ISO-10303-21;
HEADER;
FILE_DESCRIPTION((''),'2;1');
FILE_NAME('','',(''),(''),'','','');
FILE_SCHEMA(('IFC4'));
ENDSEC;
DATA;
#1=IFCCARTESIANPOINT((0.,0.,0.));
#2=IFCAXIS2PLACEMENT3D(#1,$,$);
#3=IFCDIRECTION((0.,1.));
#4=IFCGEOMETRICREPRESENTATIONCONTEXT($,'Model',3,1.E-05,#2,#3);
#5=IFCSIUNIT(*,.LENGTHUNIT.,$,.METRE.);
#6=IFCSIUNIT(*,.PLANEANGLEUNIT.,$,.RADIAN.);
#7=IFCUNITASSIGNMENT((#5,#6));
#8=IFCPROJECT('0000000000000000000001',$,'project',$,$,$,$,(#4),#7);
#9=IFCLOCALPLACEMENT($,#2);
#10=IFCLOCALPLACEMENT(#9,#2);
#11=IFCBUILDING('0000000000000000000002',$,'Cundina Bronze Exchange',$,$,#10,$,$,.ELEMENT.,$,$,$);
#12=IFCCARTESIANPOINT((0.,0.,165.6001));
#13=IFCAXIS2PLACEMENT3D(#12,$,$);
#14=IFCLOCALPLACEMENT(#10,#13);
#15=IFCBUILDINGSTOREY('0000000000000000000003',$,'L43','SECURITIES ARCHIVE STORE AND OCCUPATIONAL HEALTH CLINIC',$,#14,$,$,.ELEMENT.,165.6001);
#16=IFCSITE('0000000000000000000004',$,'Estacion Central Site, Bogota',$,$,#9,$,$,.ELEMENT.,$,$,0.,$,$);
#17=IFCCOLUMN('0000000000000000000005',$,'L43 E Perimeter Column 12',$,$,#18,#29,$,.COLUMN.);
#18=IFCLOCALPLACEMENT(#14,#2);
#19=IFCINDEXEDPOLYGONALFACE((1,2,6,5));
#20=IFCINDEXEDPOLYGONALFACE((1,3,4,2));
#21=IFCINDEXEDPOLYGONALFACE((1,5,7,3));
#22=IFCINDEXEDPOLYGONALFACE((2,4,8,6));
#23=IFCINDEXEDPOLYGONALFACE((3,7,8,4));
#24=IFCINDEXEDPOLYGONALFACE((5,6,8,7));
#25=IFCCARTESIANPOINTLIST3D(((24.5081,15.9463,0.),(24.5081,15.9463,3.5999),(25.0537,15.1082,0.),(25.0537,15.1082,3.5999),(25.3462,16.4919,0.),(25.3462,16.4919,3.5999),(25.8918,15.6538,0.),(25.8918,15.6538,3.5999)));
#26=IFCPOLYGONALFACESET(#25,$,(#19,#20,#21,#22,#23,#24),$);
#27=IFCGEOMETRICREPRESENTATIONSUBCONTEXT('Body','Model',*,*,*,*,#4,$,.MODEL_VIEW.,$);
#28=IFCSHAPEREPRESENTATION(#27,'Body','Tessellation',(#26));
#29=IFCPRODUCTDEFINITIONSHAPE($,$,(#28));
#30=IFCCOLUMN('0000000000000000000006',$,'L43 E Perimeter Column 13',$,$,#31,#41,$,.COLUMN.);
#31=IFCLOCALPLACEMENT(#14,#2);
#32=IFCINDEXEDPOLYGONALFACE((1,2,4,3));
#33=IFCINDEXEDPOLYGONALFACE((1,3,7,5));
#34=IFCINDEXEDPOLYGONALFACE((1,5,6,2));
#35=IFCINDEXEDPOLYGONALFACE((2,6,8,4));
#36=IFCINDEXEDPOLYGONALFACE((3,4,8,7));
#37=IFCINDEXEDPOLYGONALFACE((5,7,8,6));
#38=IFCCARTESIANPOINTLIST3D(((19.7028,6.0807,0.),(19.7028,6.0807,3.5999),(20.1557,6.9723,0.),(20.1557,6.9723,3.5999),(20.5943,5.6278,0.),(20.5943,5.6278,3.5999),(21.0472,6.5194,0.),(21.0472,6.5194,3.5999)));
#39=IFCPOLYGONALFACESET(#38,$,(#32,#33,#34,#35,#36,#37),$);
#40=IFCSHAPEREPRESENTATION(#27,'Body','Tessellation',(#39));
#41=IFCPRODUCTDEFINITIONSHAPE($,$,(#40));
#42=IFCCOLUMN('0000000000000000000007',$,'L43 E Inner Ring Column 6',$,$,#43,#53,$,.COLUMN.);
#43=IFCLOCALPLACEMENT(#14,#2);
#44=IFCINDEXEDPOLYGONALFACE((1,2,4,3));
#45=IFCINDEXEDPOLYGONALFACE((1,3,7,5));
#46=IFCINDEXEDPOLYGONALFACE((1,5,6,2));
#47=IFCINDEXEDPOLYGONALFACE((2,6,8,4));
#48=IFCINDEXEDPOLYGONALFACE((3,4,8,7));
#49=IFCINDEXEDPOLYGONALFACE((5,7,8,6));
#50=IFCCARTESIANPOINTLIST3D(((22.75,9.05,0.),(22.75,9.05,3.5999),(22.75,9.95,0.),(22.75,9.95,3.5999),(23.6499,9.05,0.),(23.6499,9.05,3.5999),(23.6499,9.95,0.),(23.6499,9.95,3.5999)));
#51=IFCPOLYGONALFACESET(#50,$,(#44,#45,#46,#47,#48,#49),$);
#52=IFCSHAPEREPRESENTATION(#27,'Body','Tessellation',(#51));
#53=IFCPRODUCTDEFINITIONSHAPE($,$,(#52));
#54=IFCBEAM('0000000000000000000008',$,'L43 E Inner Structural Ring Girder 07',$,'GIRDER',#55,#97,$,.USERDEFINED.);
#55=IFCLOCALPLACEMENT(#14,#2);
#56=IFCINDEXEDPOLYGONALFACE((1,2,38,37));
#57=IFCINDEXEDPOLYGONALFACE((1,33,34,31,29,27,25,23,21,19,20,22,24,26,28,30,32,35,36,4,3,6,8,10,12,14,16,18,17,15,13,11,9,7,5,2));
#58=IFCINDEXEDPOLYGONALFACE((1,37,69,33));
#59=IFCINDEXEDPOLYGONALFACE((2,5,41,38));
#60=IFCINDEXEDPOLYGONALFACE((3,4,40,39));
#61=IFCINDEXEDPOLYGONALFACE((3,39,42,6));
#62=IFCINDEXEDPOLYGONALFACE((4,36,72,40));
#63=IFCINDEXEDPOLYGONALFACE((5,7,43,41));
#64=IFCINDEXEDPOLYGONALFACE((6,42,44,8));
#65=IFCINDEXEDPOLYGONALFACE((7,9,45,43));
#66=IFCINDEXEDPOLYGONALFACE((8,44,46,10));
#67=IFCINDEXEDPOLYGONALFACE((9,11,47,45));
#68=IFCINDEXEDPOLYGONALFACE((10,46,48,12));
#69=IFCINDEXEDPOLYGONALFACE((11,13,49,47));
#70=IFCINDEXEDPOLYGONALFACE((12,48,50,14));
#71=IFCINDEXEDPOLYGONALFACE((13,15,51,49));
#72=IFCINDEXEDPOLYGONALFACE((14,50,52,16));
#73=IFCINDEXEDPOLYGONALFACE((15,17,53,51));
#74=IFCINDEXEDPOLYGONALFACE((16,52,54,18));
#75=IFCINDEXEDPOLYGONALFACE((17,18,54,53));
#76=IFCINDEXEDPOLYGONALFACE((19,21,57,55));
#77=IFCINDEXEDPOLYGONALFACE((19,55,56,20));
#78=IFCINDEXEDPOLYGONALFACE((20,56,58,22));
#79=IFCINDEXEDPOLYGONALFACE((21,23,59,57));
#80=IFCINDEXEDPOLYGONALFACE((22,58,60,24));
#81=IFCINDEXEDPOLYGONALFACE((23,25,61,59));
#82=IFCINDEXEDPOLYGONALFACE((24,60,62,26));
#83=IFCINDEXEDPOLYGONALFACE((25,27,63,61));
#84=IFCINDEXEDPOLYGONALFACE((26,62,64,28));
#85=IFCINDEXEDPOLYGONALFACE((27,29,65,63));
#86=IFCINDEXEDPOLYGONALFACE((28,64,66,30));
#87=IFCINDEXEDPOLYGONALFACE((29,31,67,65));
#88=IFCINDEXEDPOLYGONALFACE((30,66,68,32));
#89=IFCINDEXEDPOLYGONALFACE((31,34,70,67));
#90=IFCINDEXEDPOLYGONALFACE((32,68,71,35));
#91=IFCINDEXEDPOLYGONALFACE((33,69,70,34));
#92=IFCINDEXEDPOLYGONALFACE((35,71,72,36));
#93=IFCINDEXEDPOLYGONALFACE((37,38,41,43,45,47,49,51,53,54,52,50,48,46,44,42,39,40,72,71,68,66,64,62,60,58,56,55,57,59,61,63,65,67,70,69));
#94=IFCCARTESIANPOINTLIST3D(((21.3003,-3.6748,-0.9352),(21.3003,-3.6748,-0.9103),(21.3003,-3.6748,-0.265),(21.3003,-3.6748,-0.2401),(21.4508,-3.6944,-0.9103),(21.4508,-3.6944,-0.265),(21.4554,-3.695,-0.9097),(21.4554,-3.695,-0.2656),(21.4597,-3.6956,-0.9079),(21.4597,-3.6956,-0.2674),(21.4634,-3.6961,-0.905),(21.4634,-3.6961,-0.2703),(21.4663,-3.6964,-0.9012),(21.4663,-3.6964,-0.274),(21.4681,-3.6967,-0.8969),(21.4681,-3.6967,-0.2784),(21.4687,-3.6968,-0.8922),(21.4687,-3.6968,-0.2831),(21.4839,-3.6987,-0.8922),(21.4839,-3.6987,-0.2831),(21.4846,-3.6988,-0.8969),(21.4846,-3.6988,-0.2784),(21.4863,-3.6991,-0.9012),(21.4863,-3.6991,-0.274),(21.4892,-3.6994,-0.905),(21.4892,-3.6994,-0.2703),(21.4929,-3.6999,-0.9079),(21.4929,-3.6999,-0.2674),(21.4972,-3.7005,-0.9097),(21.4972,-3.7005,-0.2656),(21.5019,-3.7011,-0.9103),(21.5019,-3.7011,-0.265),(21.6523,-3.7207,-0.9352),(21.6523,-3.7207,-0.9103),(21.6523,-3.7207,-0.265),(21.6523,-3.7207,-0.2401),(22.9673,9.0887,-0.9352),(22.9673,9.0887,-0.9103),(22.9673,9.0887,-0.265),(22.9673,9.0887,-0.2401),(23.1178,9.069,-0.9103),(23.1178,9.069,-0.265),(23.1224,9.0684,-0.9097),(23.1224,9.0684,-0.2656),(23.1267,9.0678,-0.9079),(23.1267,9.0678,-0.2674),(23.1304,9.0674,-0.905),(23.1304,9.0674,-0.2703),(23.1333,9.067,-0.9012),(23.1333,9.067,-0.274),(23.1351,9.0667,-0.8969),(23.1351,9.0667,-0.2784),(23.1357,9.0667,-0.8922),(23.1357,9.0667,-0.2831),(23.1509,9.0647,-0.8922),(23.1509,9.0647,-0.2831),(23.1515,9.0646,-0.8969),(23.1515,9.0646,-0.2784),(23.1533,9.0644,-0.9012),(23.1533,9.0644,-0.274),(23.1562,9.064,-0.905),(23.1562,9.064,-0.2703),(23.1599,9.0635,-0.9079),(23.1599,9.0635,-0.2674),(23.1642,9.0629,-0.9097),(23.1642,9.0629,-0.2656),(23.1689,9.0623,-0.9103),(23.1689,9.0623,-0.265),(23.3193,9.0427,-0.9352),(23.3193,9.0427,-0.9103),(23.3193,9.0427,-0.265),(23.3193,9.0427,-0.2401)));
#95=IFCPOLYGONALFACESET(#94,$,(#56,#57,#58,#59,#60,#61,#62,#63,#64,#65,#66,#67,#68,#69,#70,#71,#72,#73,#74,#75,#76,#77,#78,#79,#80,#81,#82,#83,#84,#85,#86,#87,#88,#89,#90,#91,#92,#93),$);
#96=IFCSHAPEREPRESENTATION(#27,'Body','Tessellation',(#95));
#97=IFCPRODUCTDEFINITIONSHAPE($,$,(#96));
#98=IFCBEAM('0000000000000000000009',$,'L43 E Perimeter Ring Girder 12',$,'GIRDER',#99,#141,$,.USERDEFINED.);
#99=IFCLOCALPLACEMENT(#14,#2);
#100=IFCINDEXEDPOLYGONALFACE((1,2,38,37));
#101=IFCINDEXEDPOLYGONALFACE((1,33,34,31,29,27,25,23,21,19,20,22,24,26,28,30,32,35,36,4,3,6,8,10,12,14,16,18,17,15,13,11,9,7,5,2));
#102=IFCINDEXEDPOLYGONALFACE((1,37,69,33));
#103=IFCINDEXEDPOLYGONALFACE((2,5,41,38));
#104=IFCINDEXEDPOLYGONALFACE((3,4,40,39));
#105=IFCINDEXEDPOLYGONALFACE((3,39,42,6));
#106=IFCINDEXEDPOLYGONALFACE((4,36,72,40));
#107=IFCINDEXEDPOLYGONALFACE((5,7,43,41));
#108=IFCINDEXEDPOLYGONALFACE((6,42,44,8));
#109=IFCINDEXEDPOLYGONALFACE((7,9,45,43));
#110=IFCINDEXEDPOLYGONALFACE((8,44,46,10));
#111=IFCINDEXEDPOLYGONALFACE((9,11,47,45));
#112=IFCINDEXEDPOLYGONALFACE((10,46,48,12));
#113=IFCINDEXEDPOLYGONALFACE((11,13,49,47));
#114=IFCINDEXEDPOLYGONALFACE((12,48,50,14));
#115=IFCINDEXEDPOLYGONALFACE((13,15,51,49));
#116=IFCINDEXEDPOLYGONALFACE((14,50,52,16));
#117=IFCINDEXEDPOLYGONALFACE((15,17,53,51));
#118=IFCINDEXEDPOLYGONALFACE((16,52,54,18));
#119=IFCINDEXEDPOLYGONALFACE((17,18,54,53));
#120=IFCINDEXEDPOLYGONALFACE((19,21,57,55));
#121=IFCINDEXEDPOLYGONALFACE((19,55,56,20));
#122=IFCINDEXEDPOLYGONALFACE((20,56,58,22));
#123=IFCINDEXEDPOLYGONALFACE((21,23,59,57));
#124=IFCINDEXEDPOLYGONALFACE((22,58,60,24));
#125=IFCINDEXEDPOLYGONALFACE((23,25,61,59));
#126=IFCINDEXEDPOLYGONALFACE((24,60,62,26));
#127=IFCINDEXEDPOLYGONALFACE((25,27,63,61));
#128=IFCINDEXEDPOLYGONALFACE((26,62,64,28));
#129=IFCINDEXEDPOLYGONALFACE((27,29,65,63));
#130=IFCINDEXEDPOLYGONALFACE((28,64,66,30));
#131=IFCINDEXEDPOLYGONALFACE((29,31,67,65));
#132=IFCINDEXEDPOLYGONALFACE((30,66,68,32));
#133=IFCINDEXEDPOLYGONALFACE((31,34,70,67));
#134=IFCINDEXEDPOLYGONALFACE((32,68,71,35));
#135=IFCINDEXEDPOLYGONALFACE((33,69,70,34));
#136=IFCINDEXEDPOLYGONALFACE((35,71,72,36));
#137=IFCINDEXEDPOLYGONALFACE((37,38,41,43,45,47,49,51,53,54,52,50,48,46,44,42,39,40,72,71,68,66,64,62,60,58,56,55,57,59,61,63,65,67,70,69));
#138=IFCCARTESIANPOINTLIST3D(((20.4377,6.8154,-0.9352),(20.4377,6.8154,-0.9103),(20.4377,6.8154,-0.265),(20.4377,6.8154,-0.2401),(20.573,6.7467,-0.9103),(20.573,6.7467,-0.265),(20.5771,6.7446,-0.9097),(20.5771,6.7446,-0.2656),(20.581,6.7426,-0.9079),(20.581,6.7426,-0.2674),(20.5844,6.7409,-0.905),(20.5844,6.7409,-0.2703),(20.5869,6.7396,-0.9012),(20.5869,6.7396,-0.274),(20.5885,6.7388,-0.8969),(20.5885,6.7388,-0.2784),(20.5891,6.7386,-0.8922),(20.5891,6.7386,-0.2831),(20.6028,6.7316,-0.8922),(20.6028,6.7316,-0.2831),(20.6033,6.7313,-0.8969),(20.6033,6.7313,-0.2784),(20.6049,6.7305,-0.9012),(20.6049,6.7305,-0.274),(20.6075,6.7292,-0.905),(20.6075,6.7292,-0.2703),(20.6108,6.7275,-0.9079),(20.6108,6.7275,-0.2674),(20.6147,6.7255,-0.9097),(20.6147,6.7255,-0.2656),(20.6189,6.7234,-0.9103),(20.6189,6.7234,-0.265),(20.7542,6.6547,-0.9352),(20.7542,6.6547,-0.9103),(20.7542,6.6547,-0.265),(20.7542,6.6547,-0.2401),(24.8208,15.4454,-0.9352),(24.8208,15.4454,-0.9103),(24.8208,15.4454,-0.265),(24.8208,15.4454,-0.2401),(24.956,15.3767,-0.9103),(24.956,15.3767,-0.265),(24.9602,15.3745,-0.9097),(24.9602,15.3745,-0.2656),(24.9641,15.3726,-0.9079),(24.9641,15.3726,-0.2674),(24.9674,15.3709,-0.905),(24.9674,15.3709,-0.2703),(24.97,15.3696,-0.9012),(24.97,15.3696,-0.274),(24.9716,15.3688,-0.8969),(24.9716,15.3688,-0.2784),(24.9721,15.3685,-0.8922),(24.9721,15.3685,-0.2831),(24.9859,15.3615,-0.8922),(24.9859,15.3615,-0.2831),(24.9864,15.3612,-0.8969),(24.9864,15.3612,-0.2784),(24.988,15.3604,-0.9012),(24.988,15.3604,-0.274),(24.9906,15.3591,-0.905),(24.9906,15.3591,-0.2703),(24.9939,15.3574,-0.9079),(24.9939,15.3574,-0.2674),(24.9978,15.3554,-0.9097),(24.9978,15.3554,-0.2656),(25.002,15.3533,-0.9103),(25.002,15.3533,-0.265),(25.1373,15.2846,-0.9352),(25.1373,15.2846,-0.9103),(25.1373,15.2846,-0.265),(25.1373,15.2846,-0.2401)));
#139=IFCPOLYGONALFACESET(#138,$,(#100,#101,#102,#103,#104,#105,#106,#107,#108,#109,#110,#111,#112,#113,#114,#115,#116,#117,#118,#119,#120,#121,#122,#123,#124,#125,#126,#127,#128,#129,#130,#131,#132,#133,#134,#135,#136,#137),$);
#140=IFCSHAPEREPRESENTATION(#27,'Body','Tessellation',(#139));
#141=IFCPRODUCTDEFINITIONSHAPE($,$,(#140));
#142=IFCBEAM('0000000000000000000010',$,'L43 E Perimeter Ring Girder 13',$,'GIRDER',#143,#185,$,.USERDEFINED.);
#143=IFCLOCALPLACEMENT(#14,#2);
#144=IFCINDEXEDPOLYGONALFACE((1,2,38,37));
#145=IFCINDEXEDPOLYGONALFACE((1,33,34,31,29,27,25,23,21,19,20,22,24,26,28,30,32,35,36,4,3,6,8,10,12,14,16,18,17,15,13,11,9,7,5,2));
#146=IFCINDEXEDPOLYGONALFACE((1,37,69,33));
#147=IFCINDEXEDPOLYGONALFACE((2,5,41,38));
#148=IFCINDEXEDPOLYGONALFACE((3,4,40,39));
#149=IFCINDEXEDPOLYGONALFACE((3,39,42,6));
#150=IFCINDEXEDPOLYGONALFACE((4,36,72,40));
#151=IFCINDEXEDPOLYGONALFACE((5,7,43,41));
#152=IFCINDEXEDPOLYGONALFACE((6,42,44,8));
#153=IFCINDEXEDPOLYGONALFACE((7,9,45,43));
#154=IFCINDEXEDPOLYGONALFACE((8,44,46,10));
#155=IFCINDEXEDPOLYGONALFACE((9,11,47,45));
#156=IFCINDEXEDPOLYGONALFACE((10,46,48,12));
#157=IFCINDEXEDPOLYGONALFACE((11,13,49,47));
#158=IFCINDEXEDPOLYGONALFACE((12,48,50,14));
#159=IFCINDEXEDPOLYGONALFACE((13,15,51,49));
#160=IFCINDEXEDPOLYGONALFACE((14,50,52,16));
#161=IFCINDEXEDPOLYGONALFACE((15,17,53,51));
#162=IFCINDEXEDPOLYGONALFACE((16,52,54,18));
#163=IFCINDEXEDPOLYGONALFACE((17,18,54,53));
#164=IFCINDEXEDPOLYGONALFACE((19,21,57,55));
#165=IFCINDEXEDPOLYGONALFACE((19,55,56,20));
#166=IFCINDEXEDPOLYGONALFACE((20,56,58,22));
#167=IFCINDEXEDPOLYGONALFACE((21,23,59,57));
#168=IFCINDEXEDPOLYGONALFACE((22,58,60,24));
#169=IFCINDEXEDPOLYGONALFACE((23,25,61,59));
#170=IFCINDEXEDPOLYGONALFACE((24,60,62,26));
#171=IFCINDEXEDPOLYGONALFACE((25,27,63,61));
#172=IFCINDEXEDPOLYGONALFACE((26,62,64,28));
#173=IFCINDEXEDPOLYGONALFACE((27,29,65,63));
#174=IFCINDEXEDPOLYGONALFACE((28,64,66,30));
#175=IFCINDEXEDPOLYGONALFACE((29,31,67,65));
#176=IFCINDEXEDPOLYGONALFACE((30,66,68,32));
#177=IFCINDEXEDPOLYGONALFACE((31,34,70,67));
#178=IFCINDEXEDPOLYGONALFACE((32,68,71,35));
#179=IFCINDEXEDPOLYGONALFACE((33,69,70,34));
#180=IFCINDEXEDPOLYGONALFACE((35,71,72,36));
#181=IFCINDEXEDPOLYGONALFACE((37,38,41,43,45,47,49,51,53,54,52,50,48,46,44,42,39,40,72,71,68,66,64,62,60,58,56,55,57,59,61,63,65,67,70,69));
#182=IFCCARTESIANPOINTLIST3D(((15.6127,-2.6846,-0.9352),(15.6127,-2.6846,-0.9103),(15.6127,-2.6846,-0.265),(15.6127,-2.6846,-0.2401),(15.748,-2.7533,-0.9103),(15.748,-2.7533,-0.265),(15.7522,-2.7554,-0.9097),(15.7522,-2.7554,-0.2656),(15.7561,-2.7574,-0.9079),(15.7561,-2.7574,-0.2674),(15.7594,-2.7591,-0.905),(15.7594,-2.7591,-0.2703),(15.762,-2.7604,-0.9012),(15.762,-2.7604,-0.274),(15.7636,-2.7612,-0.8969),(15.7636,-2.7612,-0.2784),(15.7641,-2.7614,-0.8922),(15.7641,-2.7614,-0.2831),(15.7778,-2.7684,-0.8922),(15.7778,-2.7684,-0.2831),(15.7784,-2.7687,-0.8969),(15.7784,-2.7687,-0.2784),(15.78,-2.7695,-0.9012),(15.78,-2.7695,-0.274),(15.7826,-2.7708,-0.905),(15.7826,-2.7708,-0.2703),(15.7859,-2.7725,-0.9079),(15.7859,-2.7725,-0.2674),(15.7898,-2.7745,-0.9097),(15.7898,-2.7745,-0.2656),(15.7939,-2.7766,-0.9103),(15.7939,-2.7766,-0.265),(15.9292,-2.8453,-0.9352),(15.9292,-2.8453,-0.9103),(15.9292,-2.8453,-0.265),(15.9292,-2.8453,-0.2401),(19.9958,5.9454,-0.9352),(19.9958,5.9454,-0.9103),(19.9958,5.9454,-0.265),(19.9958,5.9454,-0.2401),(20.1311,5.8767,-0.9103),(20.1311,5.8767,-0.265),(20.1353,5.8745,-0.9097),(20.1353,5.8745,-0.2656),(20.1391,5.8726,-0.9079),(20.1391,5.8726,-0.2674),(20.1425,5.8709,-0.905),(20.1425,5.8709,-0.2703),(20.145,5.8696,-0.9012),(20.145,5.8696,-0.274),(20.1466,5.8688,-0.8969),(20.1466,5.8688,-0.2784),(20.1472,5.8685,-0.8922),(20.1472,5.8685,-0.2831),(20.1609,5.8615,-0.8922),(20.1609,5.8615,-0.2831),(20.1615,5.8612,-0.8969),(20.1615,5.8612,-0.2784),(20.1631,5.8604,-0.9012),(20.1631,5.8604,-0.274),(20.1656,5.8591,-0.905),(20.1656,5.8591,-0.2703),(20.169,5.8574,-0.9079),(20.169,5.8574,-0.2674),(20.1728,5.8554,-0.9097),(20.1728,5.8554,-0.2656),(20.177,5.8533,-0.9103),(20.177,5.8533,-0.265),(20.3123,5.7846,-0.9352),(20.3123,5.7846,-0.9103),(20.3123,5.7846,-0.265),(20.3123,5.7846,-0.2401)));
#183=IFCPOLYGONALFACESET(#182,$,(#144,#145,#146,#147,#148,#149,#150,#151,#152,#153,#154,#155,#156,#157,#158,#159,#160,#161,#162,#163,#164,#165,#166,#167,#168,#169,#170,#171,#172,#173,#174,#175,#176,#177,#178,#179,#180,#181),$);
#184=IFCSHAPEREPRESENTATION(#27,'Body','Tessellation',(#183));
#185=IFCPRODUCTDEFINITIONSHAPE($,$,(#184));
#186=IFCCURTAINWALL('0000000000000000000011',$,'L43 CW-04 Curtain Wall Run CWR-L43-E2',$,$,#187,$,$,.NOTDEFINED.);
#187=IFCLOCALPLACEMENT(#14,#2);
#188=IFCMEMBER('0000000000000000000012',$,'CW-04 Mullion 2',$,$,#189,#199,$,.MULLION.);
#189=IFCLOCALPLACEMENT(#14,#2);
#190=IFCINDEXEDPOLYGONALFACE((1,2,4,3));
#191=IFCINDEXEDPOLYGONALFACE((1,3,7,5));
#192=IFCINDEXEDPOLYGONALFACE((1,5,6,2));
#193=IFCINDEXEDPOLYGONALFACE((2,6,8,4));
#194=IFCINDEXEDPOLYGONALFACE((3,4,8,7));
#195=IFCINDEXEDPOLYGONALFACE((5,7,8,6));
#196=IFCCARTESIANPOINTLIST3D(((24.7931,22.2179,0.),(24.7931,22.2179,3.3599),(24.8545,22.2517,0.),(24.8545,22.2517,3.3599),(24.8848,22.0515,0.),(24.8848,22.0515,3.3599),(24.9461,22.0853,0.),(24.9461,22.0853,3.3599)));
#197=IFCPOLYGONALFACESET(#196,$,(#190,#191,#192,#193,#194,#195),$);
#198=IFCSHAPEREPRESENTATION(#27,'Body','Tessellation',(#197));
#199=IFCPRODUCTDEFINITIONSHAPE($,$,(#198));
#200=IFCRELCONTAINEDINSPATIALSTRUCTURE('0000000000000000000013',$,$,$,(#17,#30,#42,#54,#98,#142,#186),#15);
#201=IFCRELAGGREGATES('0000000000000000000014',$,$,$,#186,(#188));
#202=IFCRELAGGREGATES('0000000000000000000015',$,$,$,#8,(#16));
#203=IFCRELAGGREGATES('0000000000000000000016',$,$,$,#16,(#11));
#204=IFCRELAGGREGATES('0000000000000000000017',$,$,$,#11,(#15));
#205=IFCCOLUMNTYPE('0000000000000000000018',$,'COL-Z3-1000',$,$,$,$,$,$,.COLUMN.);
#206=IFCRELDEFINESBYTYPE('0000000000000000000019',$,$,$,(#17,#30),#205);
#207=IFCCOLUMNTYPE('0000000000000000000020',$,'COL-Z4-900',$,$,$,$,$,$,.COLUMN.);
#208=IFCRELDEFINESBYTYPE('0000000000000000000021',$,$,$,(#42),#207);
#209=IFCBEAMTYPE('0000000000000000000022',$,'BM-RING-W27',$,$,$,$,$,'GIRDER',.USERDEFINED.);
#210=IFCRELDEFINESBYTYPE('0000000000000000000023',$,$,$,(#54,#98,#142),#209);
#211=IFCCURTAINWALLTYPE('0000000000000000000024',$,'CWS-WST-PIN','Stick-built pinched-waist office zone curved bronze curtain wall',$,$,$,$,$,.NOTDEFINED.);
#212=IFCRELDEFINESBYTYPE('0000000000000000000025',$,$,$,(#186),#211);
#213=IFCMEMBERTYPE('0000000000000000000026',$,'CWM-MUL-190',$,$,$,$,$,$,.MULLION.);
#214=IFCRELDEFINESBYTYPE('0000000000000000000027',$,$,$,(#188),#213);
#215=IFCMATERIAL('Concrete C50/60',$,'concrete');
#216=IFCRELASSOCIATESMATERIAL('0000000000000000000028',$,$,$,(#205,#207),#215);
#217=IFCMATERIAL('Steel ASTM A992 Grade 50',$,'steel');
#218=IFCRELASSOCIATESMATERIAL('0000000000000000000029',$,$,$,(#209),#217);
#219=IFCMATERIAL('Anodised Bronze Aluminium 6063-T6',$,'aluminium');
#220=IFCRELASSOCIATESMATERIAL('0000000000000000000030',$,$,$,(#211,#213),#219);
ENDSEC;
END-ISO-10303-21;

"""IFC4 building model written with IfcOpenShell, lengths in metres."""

from ifc_helpers import new_model, si_unit, direction, frame, origin, origin_2d, place, context, subcontext, project, spatial, rectangle, i_section, extrude, material, material_profile, profile_set, type_object, element, aggregate, save


model = new_model("IFC4")

# Units and contexts
model_context = context("Model", 3, precision=1e-05, world=origin(), true_north=direction((0.0, 1.0)))
body_context = subcontext(model_context, "Body", "Model", "MODEL_VIEW")
ifc_project = project(units=[si_unit("LENGTHUNIT", "METRE"), si_unit("PLANEANGLEUNIT", "RADIAN")], contexts=[model_context])

# Site, building, storey
site_placement = place(None, origin())
site = spatial("IfcSite", under=ifc_project, at=site_placement, Name="Estacion Central Site, Bogota", CompositionType="ELEMENT", RefElevation=0.0)
building_placement = place(site_placement, origin())
building = spatial("IfcBuilding", under=site, at=building_placement, Name="Cundina Bronze Exchange", CompositionType="ELEMENT")
storey_placement = place(building_placement, frame((0.0, 0.0, 165.6001)))
storey = spatial("IfcBuildingStorey", under=building, at=storey_placement, Name="L43", Description="SECURITIES ARCHIVE STORE AND OCCUPATIONAL HEALTH CLINIC", CompositionType="ELEMENT", Elevation=165.6001)

# Columns
ifc_material_1 = material(Name="Concrete C50/60", Category="concrete")
ifc_material_profile_1 = material_profile(ifc_material_1, rectangle(XDim=1.0, YDim=1.0, at=origin_2d()), Name="RC1000X1000", Category="concrete")
ifc_profile_set_1 = profile_set([ifc_material_profile_1], Name="Concrete C50/60")
column_type_1 = type_object("IfcColumnType", Name="COL-Z3-1000", PredefinedType="COLUMN", material=ifc_profile_set_1)
for number, where, z_axis, x_axis, name in (
    (1, (25.2, 15.8, 0.0), (0.0, 0.0, 1.0), (-0.8381, -0.545517, 0.0), "L43 E Perimeter Column 12"),
    (2, (20.375, 6.3, 0.0), (0.0, 0.0, 1.0), (-0.452902, -0.891561, 0.0), "L43 E Perimeter Column 13"),
):
    element("IfcColumn", number, at=place(storey_placement, frame(where, z_axis=z_axis, x_axis=x_axis)), inside=storey, type_object=column_type_1, Name=name, PredefinedType="COLUMN", context=body_context, shape_type="SweptSolid", body=[
        extrude(rectangle(XDim=1.0, YDim=1.0, at=origin_2d()), origin(), (0.0, 0.0, 1.0), 3.5999),
    ])
ifc_material_profile_2 = material_profile(ifc_material_1, rectangle(XDim=0.8999, YDim=0.8999, at=origin_2d()), Name="RC900X900", Category="concrete")
ifc_profile_set_2 = profile_set([ifc_material_profile_2], Name="Concrete C50/60")
column_type_2 = type_object("IfcColumnType", Name="COL-Z4-900", PredefinedType="COLUMN", material=ifc_profile_set_2)
column_placement = place(storey_placement, frame((23.2, 9.5, 0.0), z_axis=(0.0, 0.0, 1.0), x_axis=(1.0, 0.0, 0.0)))
element("IfcColumn", 3, at=column_placement, inside=storey, type_object=column_type_2, Name="L43 E Inner Ring Column 6", PredefinedType="COLUMN", context=body_context, shape_type="SweptSolid", body=[
    extrude(rectangle(XDim=0.8999, YDim=0.8999, at=origin_2d()), origin(), (0.0, 0.0, 1.0), 3.5999),
])

# Beams
ifc_material_2 = material(Name="Steel ASTM A992 Grade 50", Category="steel")
ifc_material_profile_3 = material_profile(ifc_material_2, i_section(OverallWidth=0.355, OverallDepth=0.6951, WebThickness=0.0154, FlangeThickness=0.0249, FilletRadius=0.0181, at=origin_2d()), Name="W27X146", Category="steel")
ifc_profile_set_3 = profile_set([ifc_material_profile_3], Name="Steel ASTM A992 Grade 50")
beam_type = type_object("IfcBeamType", Name="BM-RING-W27", ElementType="GIRDER", PredefinedType="USERDEFINED", material=ifc_profile_set_3)
beam_placement = place(storey_placement, frame((23.1433, 9.0657, -0.5876), z_axis=(-0.129507, -0.991579, 0.0), x_axis=(0.991579, -0.129507, 0.0)))
element("IfcBeam", 4, at=beam_placement, inside=storey, type_object=beam_type, Name="L43 E Inner Structural Ring Girder 07", ObjectType="GIRDER", PredefinedType="USERDEFINED", context=body_context, shape_type="SweptSolid", body=[
    extrude(i_section(OverallWidth=0.355, OverallDepth=0.6951, WebThickness=0.0154, FlangeThickness=0.0249, FilletRadius=0.0181, at=origin_2d()), origin(), (0.0, 0.0, 1.0), 12.8718),
])
for number, where, z_axis, x_axis, name in (
    (5, (24.979, 15.365, -0.5876), (-0.452835, -0.891595, 0.0), (0.891595, -0.452835, 0.0), "L43 E Perimeter Ring Girder 12"),
    (6, (20.1541, 5.865, -0.5876), (-0.452835, -0.891595, 0.0), (0.891595, -0.452835, 0.0), "L43 E Perimeter Ring Girder 13"),
):
    element("IfcBeam", number, at=place(storey_placement, frame(where, z_axis=z_axis, x_axis=x_axis)), inside=storey, type_object=beam_type, Name=name, ObjectType="GIRDER", PredefinedType="USERDEFINED", context=body_context, shape_type="SweptSolid", body=[
        extrude(i_section(OverallWidth=0.355, OverallDepth=0.6951, WebThickness=0.0154, FlangeThickness=0.0249, FilletRadius=0.0181, at=origin_2d()), origin(), (0.0, 0.0, 1.0), 9.6792),
    ])

# Curtain wall, member
ifc_material_3 = material(Name="Anodised Bronze Aluminium 6063-T6", Category="aluminium")
curtain_wall_type = type_object("IfcCurtainWallType", Name="CWS-WST-PIN", Description="Stick-built pinched-waist office zone curved bronze curtain wall", PredefinedType="NOTDEFINED", material=ifc_material_3)
curtain_wall_placement = place(storey_placement, origin())
curtain_wall = element("IfcCurtainWall", 7, at=curtain_wall_placement, inside=storey, type_object=curtain_wall_type, Name="L43 CW-04 Curtain Wall Run CWR-L43-E2", PredefinedType="NOTDEFINED")
ifc_material_profile_4 = material_profile(ifc_material_3, rectangle(XDim=0.0701, YDim=0.1899, at=origin_2d()), Name="AL70X190", Category="aluminium")
ifc_profile_set_4 = profile_set([ifc_material_profile_4], Name="Anodised Bronze Aluminium 6063-T6")
member_type_1 = type_object("IfcMemberType", Name="CWM-MUL-190", PredefinedType="MULLION", material=ifc_profile_set_4)
member_1_placement = place(storey_placement, frame((24.8696, 22.1516, 0.0), z_axis=(0.0, 0.0, 1.0), x_axis=(-0.875886, -0.482518, 0.0)))
member_1 = element("IfcMember", 8, at=member_1_placement, type_object=member_type_1, Name="CW-04 Mullion 2", PredefinedType="MULLION", context=body_context, shape_type="SweptSolid", body=[
    extrude(rectangle(XDim=0.0701, YDim=0.1899, at=origin_2d()), origin(), (0.0, 0.0, 1.0), 3.3599),
])
aggregate(curtain_wall, [member_1])

save(model, "model.ifc")
